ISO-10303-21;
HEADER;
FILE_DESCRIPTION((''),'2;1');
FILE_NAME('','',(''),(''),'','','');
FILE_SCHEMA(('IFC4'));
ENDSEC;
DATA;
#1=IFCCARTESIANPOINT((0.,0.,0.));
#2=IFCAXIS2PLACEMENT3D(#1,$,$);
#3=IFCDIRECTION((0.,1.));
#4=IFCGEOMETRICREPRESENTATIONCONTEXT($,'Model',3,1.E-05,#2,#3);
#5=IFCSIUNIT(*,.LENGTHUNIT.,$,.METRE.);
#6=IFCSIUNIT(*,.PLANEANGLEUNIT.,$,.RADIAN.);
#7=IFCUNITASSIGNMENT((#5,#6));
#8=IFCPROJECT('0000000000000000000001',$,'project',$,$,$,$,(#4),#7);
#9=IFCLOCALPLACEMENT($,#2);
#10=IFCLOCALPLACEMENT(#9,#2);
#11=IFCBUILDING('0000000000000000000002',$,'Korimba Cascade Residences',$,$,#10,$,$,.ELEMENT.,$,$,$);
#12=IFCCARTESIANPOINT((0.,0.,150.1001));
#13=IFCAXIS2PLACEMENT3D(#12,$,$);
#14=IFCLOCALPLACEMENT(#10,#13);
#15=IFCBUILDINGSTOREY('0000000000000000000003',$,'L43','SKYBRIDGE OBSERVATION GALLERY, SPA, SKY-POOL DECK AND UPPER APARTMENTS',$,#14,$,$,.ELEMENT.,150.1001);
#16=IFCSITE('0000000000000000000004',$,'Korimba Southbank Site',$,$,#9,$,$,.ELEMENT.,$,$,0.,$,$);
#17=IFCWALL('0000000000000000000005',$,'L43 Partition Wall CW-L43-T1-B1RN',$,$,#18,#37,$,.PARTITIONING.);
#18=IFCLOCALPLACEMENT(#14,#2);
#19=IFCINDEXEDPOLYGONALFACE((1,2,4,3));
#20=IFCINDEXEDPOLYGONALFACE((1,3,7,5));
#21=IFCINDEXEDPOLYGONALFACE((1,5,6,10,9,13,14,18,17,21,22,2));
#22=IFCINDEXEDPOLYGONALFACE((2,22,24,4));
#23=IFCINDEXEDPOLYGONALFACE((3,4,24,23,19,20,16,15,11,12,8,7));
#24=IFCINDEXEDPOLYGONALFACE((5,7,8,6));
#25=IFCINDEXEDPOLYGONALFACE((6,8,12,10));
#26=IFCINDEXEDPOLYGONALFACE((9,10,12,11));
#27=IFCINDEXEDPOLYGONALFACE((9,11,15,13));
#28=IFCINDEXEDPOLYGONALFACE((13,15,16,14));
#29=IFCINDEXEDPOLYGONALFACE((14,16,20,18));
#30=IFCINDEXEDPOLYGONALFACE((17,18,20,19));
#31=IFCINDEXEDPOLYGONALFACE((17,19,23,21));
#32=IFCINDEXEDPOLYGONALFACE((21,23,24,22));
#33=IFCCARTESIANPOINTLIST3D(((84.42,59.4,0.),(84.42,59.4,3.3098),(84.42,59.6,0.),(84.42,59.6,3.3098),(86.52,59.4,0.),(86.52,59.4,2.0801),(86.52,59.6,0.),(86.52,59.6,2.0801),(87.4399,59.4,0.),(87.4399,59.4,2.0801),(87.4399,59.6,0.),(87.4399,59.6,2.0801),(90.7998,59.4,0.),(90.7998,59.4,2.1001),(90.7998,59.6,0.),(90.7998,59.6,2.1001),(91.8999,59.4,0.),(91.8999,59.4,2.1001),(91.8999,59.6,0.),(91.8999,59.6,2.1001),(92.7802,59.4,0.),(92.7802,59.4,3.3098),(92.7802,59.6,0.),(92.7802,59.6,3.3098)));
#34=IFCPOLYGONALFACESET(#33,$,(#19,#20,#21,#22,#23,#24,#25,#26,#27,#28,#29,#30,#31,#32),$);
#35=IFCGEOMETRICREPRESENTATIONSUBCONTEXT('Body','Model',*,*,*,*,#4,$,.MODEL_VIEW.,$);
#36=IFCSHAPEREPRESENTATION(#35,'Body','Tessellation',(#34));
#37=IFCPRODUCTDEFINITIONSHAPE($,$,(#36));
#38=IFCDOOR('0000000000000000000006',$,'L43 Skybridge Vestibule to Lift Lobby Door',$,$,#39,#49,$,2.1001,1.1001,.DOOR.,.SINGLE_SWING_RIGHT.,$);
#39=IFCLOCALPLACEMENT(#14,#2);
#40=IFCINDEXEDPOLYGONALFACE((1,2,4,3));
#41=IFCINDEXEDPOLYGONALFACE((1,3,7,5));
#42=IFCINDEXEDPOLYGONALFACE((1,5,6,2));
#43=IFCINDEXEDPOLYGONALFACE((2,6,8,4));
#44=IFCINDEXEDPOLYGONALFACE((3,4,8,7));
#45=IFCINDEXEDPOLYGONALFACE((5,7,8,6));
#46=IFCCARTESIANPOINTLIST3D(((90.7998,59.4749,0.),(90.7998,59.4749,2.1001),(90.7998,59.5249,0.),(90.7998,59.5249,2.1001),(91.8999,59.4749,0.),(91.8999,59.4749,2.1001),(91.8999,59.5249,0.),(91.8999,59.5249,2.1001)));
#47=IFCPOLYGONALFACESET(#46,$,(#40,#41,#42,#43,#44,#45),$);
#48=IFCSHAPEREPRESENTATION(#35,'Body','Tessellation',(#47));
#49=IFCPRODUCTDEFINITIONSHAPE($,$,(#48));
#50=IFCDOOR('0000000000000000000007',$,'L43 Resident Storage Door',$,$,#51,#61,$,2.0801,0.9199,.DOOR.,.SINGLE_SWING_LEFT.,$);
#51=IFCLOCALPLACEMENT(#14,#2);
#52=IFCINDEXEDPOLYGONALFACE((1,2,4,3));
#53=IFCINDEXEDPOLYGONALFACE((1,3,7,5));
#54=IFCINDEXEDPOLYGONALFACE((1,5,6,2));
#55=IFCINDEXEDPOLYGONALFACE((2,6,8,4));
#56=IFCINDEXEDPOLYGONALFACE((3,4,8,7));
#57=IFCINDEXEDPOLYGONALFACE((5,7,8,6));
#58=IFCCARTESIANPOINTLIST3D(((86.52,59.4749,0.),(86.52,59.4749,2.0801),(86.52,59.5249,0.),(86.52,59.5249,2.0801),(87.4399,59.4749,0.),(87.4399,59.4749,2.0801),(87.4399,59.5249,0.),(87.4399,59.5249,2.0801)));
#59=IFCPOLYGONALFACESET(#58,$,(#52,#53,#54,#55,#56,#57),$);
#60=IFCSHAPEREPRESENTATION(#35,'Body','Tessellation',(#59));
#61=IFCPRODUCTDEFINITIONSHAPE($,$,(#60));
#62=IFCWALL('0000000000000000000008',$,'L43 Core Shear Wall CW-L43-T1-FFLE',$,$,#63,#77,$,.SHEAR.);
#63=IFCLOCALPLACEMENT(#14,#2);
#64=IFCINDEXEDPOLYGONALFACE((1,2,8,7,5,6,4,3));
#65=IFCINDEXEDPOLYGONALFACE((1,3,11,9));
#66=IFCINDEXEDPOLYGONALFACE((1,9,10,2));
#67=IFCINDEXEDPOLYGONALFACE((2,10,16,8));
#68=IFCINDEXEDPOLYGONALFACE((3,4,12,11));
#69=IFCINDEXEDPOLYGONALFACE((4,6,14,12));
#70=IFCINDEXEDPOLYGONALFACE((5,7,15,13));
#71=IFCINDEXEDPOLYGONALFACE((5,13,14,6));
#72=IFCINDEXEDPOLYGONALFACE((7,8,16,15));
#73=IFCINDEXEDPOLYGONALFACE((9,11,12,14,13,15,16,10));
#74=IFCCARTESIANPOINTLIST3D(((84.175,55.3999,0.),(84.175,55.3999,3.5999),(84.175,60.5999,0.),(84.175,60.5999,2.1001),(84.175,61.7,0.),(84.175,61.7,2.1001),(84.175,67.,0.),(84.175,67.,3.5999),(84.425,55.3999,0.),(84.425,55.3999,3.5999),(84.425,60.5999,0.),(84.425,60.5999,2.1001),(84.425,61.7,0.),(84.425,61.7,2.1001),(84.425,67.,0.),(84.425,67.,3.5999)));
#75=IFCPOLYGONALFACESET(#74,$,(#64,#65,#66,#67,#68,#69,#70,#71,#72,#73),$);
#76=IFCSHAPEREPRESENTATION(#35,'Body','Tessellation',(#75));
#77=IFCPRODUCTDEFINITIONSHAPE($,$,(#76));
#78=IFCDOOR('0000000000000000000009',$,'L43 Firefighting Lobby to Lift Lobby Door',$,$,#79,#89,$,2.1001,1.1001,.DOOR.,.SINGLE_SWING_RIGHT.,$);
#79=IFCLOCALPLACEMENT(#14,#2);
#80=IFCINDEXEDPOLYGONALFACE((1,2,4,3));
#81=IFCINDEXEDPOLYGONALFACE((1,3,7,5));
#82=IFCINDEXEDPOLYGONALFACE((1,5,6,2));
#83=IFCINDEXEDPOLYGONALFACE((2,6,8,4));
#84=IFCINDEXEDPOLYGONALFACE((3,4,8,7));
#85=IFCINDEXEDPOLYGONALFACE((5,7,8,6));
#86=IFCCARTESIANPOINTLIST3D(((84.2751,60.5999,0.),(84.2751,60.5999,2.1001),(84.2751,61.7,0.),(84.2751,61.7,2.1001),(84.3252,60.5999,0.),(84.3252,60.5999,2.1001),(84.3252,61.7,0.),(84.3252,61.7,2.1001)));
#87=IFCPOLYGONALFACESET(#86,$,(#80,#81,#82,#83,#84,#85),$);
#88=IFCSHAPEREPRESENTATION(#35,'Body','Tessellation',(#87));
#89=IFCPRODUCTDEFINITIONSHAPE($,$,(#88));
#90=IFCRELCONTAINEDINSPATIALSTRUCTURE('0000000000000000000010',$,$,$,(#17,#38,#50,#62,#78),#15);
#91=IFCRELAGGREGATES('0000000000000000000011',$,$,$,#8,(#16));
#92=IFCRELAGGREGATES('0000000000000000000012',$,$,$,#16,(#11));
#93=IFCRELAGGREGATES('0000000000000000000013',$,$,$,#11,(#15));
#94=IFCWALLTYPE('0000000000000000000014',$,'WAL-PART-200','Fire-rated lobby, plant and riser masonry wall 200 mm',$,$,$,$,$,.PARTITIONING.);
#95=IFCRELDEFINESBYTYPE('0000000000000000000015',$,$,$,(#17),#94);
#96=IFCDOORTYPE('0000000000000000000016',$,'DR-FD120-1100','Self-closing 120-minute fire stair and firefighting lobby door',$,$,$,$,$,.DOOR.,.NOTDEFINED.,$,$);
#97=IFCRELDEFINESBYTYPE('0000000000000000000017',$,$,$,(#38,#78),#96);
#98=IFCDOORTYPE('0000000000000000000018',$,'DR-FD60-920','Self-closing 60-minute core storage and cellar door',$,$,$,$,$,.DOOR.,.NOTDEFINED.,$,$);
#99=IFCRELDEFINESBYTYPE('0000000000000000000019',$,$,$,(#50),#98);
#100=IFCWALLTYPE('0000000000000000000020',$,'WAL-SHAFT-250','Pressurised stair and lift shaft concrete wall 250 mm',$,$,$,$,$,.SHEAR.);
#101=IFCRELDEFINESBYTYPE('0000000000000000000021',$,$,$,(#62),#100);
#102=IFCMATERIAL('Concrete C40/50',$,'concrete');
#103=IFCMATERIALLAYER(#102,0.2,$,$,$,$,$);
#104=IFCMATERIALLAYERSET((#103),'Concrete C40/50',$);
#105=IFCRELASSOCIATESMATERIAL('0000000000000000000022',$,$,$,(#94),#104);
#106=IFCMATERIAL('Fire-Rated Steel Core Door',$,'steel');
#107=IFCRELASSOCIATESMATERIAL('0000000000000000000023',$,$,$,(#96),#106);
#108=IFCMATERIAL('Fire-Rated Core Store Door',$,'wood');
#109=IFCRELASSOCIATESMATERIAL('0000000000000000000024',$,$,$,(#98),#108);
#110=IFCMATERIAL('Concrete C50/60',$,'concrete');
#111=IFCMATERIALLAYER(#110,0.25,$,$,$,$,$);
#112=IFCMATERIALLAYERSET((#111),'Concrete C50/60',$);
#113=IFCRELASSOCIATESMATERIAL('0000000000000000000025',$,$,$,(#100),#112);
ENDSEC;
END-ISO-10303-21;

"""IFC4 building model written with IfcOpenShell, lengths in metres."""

from ifc_helpers import new_model, si_unit, direction, frame, frame_2d, origin, place, context, subcontext, project, spatial, rectangle, extrude, material, layer, layer_set, type_object, element, fill, save


model = new_model("IFC4")

# Units and contexts
model_context = context("Model", 3, precision=1e-05, world=origin(), true_north=direction((0.0, 1.0)))
body_context = subcontext(model_context, "Body", "Model", "MODEL_VIEW")
ifc_project = project(units=[si_unit("LENGTHUNIT", "METRE"), si_unit("PLANEANGLEUNIT", "RADIAN")], contexts=[model_context])

# Site, building, storey
site_placement = place(None, origin())
site = spatial("IfcSite", under=ifc_project, at=site_placement, Name="Korimba Southbank Site", CompositionType="ELEMENT", RefElevation=0.0)
building_placement = place(site_placement, origin())
building = spatial("IfcBuilding", under=site, at=building_placement, Name="Korimba Cascade Residences", CompositionType="ELEMENT")
storey_placement = place(building_placement, frame((0.0, 0.0, 150.1001)))
storey = spatial("IfcBuildingStorey", under=building, at=storey_placement, Name="L43", Description="SKYBRIDGE OBSERVATION GALLERY, SPA, SKY-POOL DECK AND UPPER APARTMENTS", CompositionType="ELEMENT", Elevation=150.1001)

# Shared definitions
ifc_material_1 = material(Name="Concrete C40/50", Category="concrete")
ifc_layer_1 = layer(ifc_material_1, 0.2)
ifc_layer_set_1 = layer_set([ifc_layer_1], Name="Concrete C40/50")
wall_type_1 = type_object("IfcWallType", Name="WAL-PART-200", Description="Fire-rated lobby, plant and riser masonry wall 200 mm", PredefinedType="PARTITIONING", material=ifc_layer_set_1)

# Wall, openings, doors
wall_1_placement = place(storey_placement, frame((84.4199, 59.5, 0.0), z_axis=(0.0, 0.0, 1.0), x_axis=(1.0, 0.0, 0.0)))
wall_1 = element("IfcWall", 1, at=wall_1_placement, inside=storey, type_object=wall_type_1, Name="L43 Partition Wall CW-L43-T1-B1RN", PredefinedType="PARTITIONING", context=body_context, shape_type="SweptSolid", body=[
    extrude(rectangle(XDim=8.3601, YDim=0.2, at=frame_2d((4.1802, 0.0))), origin(), (0.0, 0.0, 1.0), 3.3098),
])
opening_1_placement = place(wall_1_placement, frame((2.1001, 0.0, 0.0)))
opening_1 = element("IfcOpeningElement", 2, at=opening_1_placement, cuts=wall_1, PredefinedType="OPENING", context=body_context, shape_type="SweptSolid", body=[
    extrude(rectangle(XDim=0.9199, YDim=2.0801, at=frame_2d((0.46, 1.04))), frame((0.0, 0.1099, 0.0), z_axis=(0.0, -1.0, 0.0), x_axis=(1.0, 0.0, 0.0)), (0.0, 0.0, 1.0), 0.22),
])
opening_2_placement = place(wall_1_placement, frame((6.3799, 0.0, 0.0)))
opening_2 = element("IfcOpeningElement", 3, at=opening_2_placement, cuts=wall_1, PredefinedType="OPENING", context=body_context, shape_type="SweptSolid", body=[
    extrude(rectangle(XDim=1.1001, YDim=2.1001, at=frame_2d((0.55, 1.05))), frame((0.0, 0.1099, 0.0), z_axis=(0.0, -1.0, 0.0), x_axis=(1.0, 0.0, 0.0)), (0.0, 0.0, 1.0), 0.22),
])
ifc_material_2 = material(Name="Fire-Rated Steel Core Door", Category="steel")
door_type_1 = type_object("IfcDoorType", Name="DR-FD120-1100", Description="Self-closing 120-minute fire stair and firefighting lobby door", OperationType="NOTDEFINED", PredefinedType="DOOR", material=ifc_material_2)
door_1_placement = place(opening_2_placement, origin())
door_1 = element("IfcDoor", 4, at=door_1_placement, inside=storey, type_object=door_type_1, Name="L43 Skybridge Vestibule to Lift Lobby Door", OperationType="SINGLE_SWING_RIGHT", OverallHeight=2.1001, OverallWidth=1.1001, PredefinedType="DOOR", context=body_context, shape_type="SweptSolid", body=[
    extrude(rectangle(XDim=1.1001, YDim=2.1001, at=frame_2d((0.55, 1.05))), frame((0.0, 0.0249, 0.0), z_axis=(0.0, -1.0, 0.0), x_axis=(1.0, 0.0, 0.0)), (0.0, 0.0, 1.0), 0.05),
])
fill(opening_2, door_1)
ifc_material_3 = material(Name="Fire-Rated Core Store Door", Category="wood")
door_type_2 = type_object("IfcDoorType", Name="DR-FD60-920", Description="Self-closing 60-minute core storage and cellar door", OperationType="NOTDEFINED", PredefinedType="DOOR", material=ifc_material_3)
door_2_placement = place(opening_1_placement, origin())
door_2 = element("IfcDoor", 5, at=door_2_placement, inside=storey, type_object=door_type_2, Name="L43 Resident Storage Door", OperationType="SINGLE_SWING_LEFT", OverallHeight=2.0801, OverallWidth=0.9199, PredefinedType="DOOR", context=body_context, shape_type="SweptSolid", body=[
    extrude(rectangle(XDim=0.9199, YDim=2.0801, at=frame_2d((0.46, 1.04))), frame((0.0, 0.0249, 0.0), z_axis=(0.0, -1.0, 0.0), x_axis=(1.0, 0.0, 0.0)), (0.0, 0.0, 1.0), 0.05),
])
fill(opening_1, door_2)

# Wall, opening, door
ifc_material_4 = material(Name="Concrete C50/60", Category="concrete")
ifc_layer_2 = layer(ifc_material_4, 0.25)
ifc_layer_set_2 = layer_set([ifc_layer_2], Name="Concrete C50/60")
wall_type_2 = type_object("IfcWallType", Name="WAL-SHAFT-250", Description="Pressurised stair and lift shaft concrete wall 250 mm", PredefinedType="SHEAR", material=ifc_layer_set_2)
wall_2_placement = place(storey_placement, frame((84.3, 55.3999, 0.0), z_axis=(0.0, 0.0, 1.0), x_axis=(0.0, 1.0, 0.0)))
wall_2 = element("IfcWall", 6, at=wall_2_placement, inside=storey, type_object=wall_type_2, Name="L43 Core Shear Wall CW-L43-T1-FFLE", PredefinedType="SHEAR", context=body_context, shape_type="SweptSolid", body=[
    extrude(rectangle(XDim=11.6001, YDim=0.25, at=frame_2d((5.8, 0.0))), origin(), (0.0, 0.0, 1.0), 3.5999),
])
opening_3_placement = place(wall_2_placement, frame((5.2, 0.0, 0.0)))
opening_3 = element("IfcOpeningElement", 7, at=opening_3_placement, cuts=wall_2, PredefinedType="OPENING", context=body_context, shape_type="SweptSolid", body=[
    extrude(rectangle(XDim=1.1001, YDim=2.1001, at=frame_2d((0.55, 1.05))), frame((0.0, 0.135, 0.0), z_axis=(0.0, -1.0, 0.0), x_axis=(1.0, 0.0, 0.0)), (0.0, 0.0, 1.0), 0.27),
])
door_3_placement = place(opening_3_placement, origin())
door_3 = element("IfcDoor", 8, at=door_3_placement, inside=storey, type_object=door_type_1, Name="L43 Firefighting Lobby to Lift Lobby Door", OperationType="SINGLE_SWING_RIGHT", OverallHeight=2.1001, OverallWidth=1.1001, PredefinedType="DOOR", context=body_context, shape_type="SweptSolid", body=[
    extrude(rectangle(XDim=1.1001, YDim=2.1001, at=frame_2d((0.55, 1.05))), frame((0.0, 0.0249, 0.0), z_axis=(0.0, -1.0, 0.0), x_axis=(1.0, 0.0, 0.0)), (0.0, 0.0, 1.0), 0.05),
])
fill(opening_3, door_3)

save(model, "model.ifc")
